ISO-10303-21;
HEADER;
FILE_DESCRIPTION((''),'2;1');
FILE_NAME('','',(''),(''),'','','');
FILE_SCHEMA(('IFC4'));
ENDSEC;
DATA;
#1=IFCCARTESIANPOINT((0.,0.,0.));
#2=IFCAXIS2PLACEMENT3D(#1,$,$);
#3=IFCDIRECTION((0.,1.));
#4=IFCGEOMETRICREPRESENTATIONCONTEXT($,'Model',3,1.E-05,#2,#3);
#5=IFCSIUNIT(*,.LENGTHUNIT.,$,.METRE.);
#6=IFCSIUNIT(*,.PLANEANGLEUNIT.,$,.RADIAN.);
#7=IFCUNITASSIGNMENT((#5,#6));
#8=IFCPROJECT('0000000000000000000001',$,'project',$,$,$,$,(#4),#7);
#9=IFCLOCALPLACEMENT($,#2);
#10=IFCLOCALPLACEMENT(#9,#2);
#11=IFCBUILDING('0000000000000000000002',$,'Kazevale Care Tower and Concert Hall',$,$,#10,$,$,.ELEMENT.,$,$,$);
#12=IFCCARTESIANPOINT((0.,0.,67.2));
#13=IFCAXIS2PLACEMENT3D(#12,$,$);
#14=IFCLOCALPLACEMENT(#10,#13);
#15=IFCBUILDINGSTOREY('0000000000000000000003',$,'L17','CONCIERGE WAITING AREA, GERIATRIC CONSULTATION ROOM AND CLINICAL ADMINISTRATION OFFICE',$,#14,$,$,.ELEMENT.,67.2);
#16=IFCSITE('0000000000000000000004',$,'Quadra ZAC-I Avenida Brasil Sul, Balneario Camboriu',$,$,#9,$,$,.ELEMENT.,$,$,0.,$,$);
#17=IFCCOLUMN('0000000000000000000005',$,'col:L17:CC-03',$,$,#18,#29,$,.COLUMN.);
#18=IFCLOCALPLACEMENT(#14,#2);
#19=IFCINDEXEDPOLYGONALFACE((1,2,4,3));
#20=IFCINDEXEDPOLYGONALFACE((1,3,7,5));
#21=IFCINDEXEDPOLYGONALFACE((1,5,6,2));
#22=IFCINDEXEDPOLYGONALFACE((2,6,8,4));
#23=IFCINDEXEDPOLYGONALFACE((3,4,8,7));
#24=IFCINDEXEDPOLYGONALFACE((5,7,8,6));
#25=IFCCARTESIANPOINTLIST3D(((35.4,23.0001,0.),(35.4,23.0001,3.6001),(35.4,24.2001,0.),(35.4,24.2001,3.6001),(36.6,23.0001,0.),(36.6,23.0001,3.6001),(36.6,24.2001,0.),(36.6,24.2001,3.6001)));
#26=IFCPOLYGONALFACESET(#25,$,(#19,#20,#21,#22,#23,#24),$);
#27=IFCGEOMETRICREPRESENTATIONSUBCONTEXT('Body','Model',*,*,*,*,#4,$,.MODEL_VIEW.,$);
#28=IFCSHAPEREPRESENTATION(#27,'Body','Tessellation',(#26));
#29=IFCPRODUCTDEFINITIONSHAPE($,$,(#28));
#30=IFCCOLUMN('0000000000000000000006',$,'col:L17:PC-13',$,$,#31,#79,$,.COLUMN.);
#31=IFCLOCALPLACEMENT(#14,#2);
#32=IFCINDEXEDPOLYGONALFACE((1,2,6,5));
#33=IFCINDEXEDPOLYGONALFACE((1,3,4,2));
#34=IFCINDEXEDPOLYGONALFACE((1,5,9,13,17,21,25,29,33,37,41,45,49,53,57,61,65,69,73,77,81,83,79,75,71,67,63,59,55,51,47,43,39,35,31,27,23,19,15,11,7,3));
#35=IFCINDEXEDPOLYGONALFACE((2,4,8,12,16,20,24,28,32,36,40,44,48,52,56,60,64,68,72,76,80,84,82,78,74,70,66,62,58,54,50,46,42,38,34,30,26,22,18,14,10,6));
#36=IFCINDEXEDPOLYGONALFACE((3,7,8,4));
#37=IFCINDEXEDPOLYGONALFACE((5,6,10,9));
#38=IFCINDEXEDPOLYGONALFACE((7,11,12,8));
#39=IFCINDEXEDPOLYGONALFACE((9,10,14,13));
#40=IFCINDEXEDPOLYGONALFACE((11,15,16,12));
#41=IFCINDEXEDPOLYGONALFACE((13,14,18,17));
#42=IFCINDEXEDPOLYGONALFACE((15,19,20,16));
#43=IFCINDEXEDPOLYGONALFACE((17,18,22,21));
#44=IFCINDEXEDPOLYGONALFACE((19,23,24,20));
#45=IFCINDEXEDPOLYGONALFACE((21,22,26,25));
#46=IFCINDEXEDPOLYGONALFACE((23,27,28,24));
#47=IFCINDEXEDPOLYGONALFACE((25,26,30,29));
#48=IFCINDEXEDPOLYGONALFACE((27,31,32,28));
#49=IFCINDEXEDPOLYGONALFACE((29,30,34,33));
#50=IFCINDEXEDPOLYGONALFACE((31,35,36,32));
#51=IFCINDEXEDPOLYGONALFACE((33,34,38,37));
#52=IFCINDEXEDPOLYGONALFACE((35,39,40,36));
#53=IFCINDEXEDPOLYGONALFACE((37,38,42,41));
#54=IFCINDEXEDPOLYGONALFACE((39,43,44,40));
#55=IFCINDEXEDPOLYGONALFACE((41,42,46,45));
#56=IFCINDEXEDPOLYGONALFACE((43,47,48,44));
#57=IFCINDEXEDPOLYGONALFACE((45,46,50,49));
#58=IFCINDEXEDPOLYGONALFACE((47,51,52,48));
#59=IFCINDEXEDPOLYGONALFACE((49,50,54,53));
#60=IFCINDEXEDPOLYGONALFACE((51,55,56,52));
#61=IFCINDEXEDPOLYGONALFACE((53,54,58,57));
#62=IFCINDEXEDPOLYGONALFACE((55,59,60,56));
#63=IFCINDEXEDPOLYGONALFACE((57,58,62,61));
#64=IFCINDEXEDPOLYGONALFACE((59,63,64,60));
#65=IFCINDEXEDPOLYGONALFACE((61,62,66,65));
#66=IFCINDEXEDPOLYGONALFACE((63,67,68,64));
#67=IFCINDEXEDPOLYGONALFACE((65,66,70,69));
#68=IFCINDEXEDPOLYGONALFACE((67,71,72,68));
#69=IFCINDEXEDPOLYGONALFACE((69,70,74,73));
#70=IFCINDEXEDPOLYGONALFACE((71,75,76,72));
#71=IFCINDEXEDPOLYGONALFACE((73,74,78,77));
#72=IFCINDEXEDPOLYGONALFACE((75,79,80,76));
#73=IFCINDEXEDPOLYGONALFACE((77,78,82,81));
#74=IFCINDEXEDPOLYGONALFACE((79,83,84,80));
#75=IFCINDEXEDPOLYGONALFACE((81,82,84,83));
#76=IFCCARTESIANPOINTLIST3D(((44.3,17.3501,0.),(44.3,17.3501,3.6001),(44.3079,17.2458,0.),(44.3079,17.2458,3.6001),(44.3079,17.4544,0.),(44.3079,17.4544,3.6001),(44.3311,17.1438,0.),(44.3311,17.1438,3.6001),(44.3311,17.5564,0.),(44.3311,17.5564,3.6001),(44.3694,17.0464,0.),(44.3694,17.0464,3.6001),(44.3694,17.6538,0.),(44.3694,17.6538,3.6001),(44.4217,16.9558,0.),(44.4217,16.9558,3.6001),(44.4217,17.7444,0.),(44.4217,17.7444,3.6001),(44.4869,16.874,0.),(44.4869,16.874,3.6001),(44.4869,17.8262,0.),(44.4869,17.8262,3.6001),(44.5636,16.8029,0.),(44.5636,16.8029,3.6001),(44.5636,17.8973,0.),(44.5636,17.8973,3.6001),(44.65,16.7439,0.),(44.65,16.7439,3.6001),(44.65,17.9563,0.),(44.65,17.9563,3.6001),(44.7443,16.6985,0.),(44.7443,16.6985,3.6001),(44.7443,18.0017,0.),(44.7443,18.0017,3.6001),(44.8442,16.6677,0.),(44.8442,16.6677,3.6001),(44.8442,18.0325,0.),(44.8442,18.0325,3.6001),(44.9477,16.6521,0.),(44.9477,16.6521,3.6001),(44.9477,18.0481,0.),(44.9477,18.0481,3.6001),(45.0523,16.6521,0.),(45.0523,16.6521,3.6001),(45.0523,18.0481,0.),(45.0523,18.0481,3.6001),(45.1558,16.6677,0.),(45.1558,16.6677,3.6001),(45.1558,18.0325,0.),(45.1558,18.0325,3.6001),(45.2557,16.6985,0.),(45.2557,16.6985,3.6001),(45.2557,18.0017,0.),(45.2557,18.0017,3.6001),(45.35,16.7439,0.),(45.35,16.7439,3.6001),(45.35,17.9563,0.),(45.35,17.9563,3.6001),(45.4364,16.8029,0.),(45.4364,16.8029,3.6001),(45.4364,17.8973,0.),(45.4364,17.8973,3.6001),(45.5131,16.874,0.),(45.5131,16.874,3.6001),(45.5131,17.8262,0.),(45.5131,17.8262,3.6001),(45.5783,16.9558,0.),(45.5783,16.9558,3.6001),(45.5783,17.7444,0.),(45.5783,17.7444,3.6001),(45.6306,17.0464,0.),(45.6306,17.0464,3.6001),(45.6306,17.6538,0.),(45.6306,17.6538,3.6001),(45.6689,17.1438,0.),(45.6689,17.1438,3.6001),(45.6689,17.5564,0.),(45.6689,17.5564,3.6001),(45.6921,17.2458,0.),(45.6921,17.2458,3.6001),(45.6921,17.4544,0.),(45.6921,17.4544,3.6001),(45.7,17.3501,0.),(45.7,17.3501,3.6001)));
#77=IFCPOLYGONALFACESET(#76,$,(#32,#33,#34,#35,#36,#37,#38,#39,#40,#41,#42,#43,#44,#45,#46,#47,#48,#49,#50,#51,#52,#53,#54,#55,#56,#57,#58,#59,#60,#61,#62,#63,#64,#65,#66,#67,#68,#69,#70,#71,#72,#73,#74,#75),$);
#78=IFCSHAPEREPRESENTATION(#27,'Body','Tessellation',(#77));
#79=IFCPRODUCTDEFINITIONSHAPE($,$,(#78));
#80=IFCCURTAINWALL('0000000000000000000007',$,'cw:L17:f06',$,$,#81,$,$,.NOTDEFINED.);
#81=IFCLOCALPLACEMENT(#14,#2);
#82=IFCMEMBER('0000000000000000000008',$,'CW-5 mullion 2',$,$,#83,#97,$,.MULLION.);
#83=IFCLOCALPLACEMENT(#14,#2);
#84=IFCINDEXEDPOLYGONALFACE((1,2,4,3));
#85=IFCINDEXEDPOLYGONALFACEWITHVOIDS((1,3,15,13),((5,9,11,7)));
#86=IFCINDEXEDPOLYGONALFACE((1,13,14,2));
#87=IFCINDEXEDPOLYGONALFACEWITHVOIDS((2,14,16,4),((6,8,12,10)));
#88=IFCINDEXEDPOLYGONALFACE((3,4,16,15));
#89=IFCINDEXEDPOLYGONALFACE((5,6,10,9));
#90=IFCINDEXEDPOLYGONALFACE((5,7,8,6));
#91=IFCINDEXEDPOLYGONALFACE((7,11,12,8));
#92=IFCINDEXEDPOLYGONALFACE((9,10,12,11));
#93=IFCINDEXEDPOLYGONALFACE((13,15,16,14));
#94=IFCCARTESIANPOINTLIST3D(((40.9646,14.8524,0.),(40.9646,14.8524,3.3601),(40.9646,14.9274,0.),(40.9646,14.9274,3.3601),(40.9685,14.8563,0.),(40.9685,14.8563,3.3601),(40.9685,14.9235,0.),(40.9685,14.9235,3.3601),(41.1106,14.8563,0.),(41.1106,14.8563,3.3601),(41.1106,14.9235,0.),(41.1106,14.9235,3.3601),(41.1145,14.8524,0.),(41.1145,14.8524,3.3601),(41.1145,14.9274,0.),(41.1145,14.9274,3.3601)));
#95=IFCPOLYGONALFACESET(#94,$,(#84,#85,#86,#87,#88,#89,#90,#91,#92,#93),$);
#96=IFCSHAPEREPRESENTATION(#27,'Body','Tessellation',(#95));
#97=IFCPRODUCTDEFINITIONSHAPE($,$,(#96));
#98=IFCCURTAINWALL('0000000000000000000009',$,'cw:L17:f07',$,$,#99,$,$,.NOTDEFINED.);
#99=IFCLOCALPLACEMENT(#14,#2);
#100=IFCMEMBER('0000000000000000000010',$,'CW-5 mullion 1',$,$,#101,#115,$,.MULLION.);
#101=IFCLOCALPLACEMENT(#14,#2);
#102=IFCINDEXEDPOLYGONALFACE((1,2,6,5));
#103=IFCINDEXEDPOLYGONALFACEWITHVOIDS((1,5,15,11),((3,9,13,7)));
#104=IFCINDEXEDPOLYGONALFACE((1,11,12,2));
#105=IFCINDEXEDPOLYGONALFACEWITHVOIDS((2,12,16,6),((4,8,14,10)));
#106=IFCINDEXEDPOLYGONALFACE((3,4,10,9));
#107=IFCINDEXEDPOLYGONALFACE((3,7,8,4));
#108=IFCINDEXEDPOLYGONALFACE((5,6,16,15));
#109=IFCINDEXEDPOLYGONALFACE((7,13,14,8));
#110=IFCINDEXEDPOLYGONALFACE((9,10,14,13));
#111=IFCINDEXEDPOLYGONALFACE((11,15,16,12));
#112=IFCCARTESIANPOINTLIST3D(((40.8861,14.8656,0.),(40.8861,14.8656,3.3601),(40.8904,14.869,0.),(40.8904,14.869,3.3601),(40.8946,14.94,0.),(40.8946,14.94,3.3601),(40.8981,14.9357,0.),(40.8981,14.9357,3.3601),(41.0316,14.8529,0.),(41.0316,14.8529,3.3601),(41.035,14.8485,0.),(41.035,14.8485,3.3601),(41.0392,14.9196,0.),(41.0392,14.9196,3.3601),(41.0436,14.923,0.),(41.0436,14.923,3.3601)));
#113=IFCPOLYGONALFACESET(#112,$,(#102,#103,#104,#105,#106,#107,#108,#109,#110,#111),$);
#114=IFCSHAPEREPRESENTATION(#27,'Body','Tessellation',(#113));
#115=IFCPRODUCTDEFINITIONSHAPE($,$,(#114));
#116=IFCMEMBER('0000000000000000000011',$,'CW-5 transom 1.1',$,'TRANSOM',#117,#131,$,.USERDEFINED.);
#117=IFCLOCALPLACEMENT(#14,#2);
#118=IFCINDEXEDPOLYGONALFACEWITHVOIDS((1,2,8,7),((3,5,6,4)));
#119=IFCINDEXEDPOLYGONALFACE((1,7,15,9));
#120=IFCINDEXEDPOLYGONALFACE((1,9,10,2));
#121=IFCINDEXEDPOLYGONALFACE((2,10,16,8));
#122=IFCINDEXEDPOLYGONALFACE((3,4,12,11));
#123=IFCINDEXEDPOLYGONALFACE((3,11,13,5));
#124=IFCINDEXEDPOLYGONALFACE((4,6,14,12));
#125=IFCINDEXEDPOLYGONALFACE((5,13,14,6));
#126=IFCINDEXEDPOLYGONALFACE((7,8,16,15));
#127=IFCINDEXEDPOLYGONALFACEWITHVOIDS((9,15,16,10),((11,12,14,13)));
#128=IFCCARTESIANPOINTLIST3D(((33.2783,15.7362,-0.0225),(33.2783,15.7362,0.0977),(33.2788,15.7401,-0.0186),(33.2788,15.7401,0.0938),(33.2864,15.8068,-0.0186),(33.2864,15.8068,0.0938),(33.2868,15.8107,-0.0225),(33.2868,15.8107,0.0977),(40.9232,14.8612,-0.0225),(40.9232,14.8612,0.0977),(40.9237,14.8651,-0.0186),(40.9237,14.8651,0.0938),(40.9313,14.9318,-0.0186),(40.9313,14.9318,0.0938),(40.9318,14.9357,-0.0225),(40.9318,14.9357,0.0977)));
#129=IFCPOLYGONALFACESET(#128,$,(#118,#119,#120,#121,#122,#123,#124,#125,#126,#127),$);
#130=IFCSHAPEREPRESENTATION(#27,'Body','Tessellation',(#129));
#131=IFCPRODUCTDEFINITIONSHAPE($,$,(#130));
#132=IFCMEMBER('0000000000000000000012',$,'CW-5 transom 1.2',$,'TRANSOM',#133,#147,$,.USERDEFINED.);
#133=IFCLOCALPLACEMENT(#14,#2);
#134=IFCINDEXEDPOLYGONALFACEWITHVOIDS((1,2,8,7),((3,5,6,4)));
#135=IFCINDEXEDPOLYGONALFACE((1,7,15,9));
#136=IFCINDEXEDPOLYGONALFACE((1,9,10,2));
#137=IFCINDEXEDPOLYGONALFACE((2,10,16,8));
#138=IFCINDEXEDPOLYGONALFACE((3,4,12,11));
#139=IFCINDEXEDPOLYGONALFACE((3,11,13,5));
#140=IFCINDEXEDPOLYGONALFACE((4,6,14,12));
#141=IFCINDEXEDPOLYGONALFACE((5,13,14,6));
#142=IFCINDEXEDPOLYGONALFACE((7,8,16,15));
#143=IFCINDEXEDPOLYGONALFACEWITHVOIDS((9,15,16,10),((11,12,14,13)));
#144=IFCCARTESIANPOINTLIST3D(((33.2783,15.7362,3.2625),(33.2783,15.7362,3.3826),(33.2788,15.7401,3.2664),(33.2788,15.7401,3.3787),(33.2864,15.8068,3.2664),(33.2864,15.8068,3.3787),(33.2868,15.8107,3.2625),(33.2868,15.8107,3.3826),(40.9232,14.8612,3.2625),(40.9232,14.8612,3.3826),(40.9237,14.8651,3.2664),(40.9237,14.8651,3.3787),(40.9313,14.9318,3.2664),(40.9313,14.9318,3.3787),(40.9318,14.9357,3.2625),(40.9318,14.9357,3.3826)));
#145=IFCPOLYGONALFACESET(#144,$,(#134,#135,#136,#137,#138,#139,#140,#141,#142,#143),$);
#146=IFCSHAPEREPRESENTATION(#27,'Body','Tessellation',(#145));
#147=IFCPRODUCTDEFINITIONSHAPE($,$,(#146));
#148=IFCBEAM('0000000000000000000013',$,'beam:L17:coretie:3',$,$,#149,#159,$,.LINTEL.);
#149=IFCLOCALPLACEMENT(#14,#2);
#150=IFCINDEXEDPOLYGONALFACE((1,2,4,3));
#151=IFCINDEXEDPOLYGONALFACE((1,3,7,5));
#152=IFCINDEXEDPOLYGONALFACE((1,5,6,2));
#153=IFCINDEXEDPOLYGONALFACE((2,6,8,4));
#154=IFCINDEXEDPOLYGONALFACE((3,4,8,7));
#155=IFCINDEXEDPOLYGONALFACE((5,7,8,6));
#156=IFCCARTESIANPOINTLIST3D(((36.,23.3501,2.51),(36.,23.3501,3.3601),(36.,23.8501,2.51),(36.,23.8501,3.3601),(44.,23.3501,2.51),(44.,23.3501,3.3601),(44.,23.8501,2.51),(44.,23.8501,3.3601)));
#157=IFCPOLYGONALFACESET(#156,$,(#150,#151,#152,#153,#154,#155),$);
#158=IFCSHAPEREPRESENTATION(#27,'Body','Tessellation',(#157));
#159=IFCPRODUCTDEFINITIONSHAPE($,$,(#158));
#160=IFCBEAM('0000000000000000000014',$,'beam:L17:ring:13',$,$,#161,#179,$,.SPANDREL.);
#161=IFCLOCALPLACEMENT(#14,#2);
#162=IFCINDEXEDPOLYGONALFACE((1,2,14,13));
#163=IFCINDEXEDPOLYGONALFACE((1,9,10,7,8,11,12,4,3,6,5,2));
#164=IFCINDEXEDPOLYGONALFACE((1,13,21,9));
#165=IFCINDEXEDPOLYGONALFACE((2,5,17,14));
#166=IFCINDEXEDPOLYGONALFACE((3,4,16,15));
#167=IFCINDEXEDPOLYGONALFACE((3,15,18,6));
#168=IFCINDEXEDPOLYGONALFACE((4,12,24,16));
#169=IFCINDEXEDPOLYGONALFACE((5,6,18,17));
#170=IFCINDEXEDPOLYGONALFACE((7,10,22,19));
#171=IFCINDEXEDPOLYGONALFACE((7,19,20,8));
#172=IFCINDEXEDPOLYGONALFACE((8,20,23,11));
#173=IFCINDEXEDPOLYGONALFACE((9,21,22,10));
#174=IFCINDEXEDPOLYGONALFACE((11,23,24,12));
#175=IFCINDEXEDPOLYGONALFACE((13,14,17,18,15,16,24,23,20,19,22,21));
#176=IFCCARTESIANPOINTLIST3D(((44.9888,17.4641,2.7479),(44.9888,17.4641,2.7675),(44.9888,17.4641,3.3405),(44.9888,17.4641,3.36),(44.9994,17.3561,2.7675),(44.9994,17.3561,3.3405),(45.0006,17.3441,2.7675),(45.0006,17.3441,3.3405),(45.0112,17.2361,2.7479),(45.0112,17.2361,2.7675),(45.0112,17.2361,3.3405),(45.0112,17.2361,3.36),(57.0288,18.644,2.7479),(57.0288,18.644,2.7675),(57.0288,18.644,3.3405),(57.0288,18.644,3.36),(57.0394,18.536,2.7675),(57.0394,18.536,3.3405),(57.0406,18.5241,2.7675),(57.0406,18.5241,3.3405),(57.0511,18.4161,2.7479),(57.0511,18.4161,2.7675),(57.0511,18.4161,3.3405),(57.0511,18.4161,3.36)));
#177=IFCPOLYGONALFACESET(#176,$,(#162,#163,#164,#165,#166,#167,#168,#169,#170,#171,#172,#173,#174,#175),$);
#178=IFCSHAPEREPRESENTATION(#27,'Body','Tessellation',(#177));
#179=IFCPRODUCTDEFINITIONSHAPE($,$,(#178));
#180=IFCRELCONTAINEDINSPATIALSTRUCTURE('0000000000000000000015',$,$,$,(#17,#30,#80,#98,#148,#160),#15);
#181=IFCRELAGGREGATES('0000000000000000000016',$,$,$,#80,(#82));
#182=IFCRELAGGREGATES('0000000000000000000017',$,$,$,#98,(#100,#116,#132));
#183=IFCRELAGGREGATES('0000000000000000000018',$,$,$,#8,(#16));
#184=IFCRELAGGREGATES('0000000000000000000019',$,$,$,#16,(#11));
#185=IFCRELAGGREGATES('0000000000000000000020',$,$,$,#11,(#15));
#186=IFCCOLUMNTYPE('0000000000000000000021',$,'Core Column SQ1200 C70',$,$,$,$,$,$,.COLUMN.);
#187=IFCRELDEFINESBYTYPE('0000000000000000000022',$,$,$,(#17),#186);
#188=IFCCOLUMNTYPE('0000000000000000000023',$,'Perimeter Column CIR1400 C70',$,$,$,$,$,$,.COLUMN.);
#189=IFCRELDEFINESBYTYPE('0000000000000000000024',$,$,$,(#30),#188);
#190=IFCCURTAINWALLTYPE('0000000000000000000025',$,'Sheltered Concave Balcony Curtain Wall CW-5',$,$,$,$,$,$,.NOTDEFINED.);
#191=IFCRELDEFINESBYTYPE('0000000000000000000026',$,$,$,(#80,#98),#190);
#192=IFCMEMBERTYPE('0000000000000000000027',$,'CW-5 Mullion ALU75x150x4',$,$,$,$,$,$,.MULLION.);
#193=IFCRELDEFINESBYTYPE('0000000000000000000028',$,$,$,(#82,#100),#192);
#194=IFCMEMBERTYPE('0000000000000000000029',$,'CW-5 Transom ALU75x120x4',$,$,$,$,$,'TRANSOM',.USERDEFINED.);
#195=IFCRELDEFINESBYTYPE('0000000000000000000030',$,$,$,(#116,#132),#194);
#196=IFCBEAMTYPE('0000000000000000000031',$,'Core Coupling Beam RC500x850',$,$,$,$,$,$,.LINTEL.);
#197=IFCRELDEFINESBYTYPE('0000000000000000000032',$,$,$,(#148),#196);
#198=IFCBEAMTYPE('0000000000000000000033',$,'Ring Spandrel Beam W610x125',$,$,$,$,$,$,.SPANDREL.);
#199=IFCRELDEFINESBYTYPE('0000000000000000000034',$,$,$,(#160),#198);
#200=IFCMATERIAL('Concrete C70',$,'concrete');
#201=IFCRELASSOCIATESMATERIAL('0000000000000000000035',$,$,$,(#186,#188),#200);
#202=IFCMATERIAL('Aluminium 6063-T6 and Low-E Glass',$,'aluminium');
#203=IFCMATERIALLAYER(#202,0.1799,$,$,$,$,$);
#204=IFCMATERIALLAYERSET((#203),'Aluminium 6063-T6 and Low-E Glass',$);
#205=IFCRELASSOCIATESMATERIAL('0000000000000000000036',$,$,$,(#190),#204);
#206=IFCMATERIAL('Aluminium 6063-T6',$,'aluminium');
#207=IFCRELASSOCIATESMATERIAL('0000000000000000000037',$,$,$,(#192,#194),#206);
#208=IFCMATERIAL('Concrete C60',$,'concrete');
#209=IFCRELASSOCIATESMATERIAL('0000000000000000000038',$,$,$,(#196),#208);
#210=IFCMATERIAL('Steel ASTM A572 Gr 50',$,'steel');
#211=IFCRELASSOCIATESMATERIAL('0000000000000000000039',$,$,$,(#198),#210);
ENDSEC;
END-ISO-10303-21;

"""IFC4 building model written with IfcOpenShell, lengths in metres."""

from ifc_helpers import new_model, si_unit, direction, frame, origin, origin_2d, place, context, subcontext, project, spatial, rectangle, hollow_rectangle, circle, i_section, extrude, material, layer, layer_set, material_profile, profile_set, type_object, element, aggregate, save


model = new_model("IFC4")

# Units and contexts
model_context = context("Model", 3, precision=1e-05, world=origin(), true_north=direction((0.0, 1.0)))
body_context = subcontext(model_context, "Body", "Model", "MODEL_VIEW")
ifc_project = project(units=[si_unit("LENGTHUNIT", "METRE"), si_unit("PLANEANGLEUNIT", "RADIAN")], contexts=[model_context])

# Site, building, storey
site_placement = place(None, origin())
site = spatial("IfcSite", under=ifc_project, at=site_placement, Name="Quadra ZAC-I Avenida Brasil Sul, Balneario Camboriu", CompositionType="ELEMENT", RefElevation=0.0)
building_placement = place(site_placement, origin())
building = spatial("IfcBuilding", under=site, at=building_placement, Name="Kazevale Care Tower and Concert Hall", CompositionType="ELEMENT")
storey_placement = place(building_placement, frame((0.0, 0.0, 67.2)))
storey = spatial("IfcBuildingStorey", under=building, at=storey_placement, Name="L17", Description="CONCIERGE WAITING AREA, GERIATRIC CONSULTATION ROOM AND CLINICAL ADMINISTRATION OFFICE", CompositionType="ELEMENT", Elevation=67.2)

# Columns
ifc_material_1 = material(Name="Concrete C70", Category="concrete")
ifc_material_profile_1 = material_profile(ifc_material_1, rectangle(XDim=1.2, YDim=1.2, at=origin_2d()), Name="RC-SQ1200")
ifc_profile_set_1 = profile_set([ifc_material_profile_1], Name="Concrete C70")
column_type_1 = type_object("IfcColumnType", Name="Core Column SQ1200 C70", PredefinedType="COLUMN", material=ifc_profile_set_1)
column_1_placement = place(storey_placement, frame((36.0, 23.6001, 0.0), z_axis=(0.0, 0.0, 1.0), x_axis=(1.0, 0.0, 0.0)))
element("IfcColumn", 1, at=column_1_placement, inside=storey, type_object=column_type_1, Name="col:L17:CC-03", PredefinedType="COLUMN", context=body_context, shape_type="SweptSolid", body=[
    extrude(rectangle(XDim=1.2, YDim=1.2, at=origin_2d()), origin(), (0.0, 0.0, 1.0), 3.6001),
])
ifc_material_profile_2 = material_profile(ifc_material_1, circle(Radius=0.7, at=origin_2d()), Name="RC-CIR1400")
ifc_profile_set_2 = profile_set([ifc_material_profile_2], Name="Concrete C70")
column_type_2 = type_object("IfcColumnType", Name="Perimeter Column CIR1400 C70", PredefinedType="COLUMN", material=ifc_profile_set_2)
column_2_placement = place(storey_placement, frame((45.0, 17.3501, 0.0), z_axis=(0.0, 0.0, 1.0), x_axis=(1.0, 0.0, 0.0)))
element("IfcColumn", 2, at=column_2_placement, inside=storey, type_object=column_type_2, Name="col:L17:PC-13", PredefinedType="COLUMN", context=body_context, shape_type="SweptSolid", body=[
    extrude(circle(Radius=0.7, at=origin_2d()), origin(), (0.0, 0.0, 1.0), 3.6001),
])

# Curtain wall, member
ifc_material_2 = material(Name="Aluminium 6063-T6 and Low-E Glass", Category="aluminium")
ifc_layer_1 = layer(ifc_material_2, 0.1799)
ifc_layer_set_1 = layer_set([ifc_layer_1], Name="Aluminium 6063-T6 and Low-E Glass")
curtain_wall_type = type_object("IfcCurtainWallType", Name="Sheltered Concave Balcony Curtain Wall CW-5", PredefinedType="NOTDEFINED", material=ifc_layer_set_1)
curtain_wall_1_placement = place(storey_placement, origin())
curtain_wall_1 = element("IfcCurtainWall", 3, at=curtain_wall_1_placement, inside=storey, type_object=curtain_wall_type, Name="cw:L17:f06", PredefinedType="NOTDEFINED")
ifc_material_3 = material(Name="Aluminium 6063-T6", Category="aluminium")
ifc_material_profile_3 = material_profile(ifc_material_3, hollow_rectangle(XDim=0.075, YDim=0.1499, WallThickness=0.0039, at=origin_2d()), Name="ALU75x150x4")
ifc_profile_set_3 = profile_set([ifc_material_profile_3], Name="Aluminium 6063-T6")
member_type_1 = type_object("IfcMemberType", Name="CW-5 Mullion ALU75x150x4", PredefinedType="MULLION", material=ifc_profile_set_3)
member_1_placement = place(storey_placement, frame((41.0396, 14.8899, 0.0), z_axis=(0.0, 0.0, 1.0), x_axis=(0.0, -1.0, 0.0)))
member_1 = element("IfcMember", 4, at=member_1_placement, type_object=member_type_1, Name="CW-5 mullion 2", PredefinedType="MULLION", context=body_context, shape_type="SweptSolid", body=[
    extrude(hollow_rectangle(XDim=0.075, YDim=0.1499, WallThickness=0.0039, at=origin_2d()), origin(), (0.0, 0.0, 1.0), 3.3601),
])

# Curtain wall, members
curtain_wall_2_placement = place(storey_placement, origin())
curtain_wall_2 = element("IfcCurtainWall", 5, at=curtain_wall_2_placement, inside=storey, type_object=curtain_wall_type, Name="cw:L17:f07", PredefinedType="NOTDEFINED")
member_2_placement = place(storey_placement, frame((40.9648, 14.8943, 0.0), z_axis=(0.0, 0.0, 1.0), x_axis=(-0.113705, -0.993515, 0.0)))
member_2 = element("IfcMember", 6, at=member_2_placement, type_object=member_type_1, Name="CW-5 mullion 1", PredefinedType="MULLION", context=body_context, shape_type="SweptSolid", body=[
    extrude(hollow_rectangle(XDim=0.075, YDim=0.1499, WallThickness=0.0039, at=origin_2d()), origin(), (0.0, 0.0, 1.0), 3.3601),
])
ifc_material_profile_4 = material_profile(ifc_material_3, hollow_rectangle(XDim=0.075, YDim=0.1201, WallThickness=0.0039, at=origin_2d()), Name="ALU75x120x4")
ifc_profile_set_4 = profile_set([ifc_material_profile_4], Name="Aluminium 6063-T6")
member_type_2 = type_object("IfcMemberType", Name="CW-5 Transom ALU75x120x4", ElementType="TRANSOM", PredefinedType="USERDEFINED", material=ifc_profile_set_4)
member_3_placement = place(storey_placement, frame((40.9275, 14.8984, 0.0376), z_axis=(-0.993514, 0.113711, 0.0), x_axis=(-0.113711, -0.993514, 0.0)))
member_3 = element("IfcMember", 7, at=member_3_placement, type_object=member_type_2, Name="CW-5 transom 1.1", ObjectType="TRANSOM", PredefinedType="USERDEFINED", context=body_context, shape_type="SweptSolid", body=[
    extrude(hollow_rectangle(XDim=0.075, YDim=0.1201, WallThickness=0.0039, at=origin_2d()), origin(), (0.0, 0.0, 1.0), 7.6948),
])
member_4_placement = place(storey_placement, frame((40.9275, 14.8984, 3.3225), z_axis=(-0.993514, 0.113711, 0.0), x_axis=(-0.113711, -0.993514, 0.0)))
member_4 = element("IfcMember", 8, at=member_4_placement, type_object=member_type_2, Name="CW-5 transom 1.2", ObjectType="TRANSOM", PredefinedType="USERDEFINED", context=body_context, shape_type="SweptSolid", body=[
    extrude(hollow_rectangle(XDim=0.075, YDim=0.1201, WallThickness=0.0039, at=origin_2d()), origin(), (0.0, 0.0, 1.0), 7.6948),
])

# Beams
ifc_material_4 = material(Name="Concrete C60", Category="concrete")
ifc_material_profile_5 = material_profile(ifc_material_4, rectangle(XDim=0.5, YDim=0.8501, at=origin_2d()), Name="RC-B500x850")
ifc_profile_set_5 = profile_set([ifc_material_profile_5], Name="Concrete C60")
beam_type_1 = type_object("IfcBeamType", Name="Core Coupling Beam RC500x850", PredefinedType="LINTEL", material=ifc_profile_set_5)
beam_1_placement = place(storey_placement, frame((36.0, 23.6001, 2.9351), z_axis=(1.0, 0.0, 0.0), x_axis=(0.0, 1.0, 0.0)))
element("IfcBeam", 9, at=beam_1_placement, inside=storey, type_object=beam_type_1, Name="beam:L17:coretie:3", PredefinedType="LINTEL", context=body_context, shape_type="SweptSolid", body=[
    extrude(rectangle(XDim=0.5, YDim=0.8501, at=origin_2d()), origin(), (0.0, 0.0, 1.0), 8.0),
])
ifc_material_5 = material(Name="Steel ASTM A572 Gr 50", Category="steel")
ifc_material_profile_6 = material_profile(ifc_material_5, i_section(OverallWidth=0.229, OverallDepth=0.6121, WebThickness=0.012, FlangeThickness=0.0195, at=origin_2d()), Name="W610x125")
ifc_profile_set_6 = profile_set([ifc_material_profile_6], Name="Steel ASTM A572 Gr 50")
beam_type_2 = type_object("IfcBeamType", Name="Ring Spandrel Beam W610x125", PredefinedType="SPANDREL", material=ifc_profile_set_6)
beam_2_placement = place(storey_placement, frame((45.0, 17.3501, 3.054), z_axis=(0.995232, 0.097533, 0.0), x_axis=(-0.097533, 0.995232, 0.0)))
element("IfcBeam", 10, at=beam_2_placement, inside=storey, type_object=beam_type_2, Name="beam:L17:ring:13", PredefinedType="SPANDREL", context=body_context, shape_type="SweptSolid", body=[
    extrude(i_section(OverallWidth=0.229, OverallDepth=0.6121, WebThickness=0.012, FlangeThickness=0.0195, at=origin_2d()), origin(), (0.0, 0.0, 1.0), 12.0977),
])

aggregate(curtain_wall_1, [member_1])
aggregate(curtain_wall_2, [member_2, member_3, member_4])

save(model, "model.ifc")
